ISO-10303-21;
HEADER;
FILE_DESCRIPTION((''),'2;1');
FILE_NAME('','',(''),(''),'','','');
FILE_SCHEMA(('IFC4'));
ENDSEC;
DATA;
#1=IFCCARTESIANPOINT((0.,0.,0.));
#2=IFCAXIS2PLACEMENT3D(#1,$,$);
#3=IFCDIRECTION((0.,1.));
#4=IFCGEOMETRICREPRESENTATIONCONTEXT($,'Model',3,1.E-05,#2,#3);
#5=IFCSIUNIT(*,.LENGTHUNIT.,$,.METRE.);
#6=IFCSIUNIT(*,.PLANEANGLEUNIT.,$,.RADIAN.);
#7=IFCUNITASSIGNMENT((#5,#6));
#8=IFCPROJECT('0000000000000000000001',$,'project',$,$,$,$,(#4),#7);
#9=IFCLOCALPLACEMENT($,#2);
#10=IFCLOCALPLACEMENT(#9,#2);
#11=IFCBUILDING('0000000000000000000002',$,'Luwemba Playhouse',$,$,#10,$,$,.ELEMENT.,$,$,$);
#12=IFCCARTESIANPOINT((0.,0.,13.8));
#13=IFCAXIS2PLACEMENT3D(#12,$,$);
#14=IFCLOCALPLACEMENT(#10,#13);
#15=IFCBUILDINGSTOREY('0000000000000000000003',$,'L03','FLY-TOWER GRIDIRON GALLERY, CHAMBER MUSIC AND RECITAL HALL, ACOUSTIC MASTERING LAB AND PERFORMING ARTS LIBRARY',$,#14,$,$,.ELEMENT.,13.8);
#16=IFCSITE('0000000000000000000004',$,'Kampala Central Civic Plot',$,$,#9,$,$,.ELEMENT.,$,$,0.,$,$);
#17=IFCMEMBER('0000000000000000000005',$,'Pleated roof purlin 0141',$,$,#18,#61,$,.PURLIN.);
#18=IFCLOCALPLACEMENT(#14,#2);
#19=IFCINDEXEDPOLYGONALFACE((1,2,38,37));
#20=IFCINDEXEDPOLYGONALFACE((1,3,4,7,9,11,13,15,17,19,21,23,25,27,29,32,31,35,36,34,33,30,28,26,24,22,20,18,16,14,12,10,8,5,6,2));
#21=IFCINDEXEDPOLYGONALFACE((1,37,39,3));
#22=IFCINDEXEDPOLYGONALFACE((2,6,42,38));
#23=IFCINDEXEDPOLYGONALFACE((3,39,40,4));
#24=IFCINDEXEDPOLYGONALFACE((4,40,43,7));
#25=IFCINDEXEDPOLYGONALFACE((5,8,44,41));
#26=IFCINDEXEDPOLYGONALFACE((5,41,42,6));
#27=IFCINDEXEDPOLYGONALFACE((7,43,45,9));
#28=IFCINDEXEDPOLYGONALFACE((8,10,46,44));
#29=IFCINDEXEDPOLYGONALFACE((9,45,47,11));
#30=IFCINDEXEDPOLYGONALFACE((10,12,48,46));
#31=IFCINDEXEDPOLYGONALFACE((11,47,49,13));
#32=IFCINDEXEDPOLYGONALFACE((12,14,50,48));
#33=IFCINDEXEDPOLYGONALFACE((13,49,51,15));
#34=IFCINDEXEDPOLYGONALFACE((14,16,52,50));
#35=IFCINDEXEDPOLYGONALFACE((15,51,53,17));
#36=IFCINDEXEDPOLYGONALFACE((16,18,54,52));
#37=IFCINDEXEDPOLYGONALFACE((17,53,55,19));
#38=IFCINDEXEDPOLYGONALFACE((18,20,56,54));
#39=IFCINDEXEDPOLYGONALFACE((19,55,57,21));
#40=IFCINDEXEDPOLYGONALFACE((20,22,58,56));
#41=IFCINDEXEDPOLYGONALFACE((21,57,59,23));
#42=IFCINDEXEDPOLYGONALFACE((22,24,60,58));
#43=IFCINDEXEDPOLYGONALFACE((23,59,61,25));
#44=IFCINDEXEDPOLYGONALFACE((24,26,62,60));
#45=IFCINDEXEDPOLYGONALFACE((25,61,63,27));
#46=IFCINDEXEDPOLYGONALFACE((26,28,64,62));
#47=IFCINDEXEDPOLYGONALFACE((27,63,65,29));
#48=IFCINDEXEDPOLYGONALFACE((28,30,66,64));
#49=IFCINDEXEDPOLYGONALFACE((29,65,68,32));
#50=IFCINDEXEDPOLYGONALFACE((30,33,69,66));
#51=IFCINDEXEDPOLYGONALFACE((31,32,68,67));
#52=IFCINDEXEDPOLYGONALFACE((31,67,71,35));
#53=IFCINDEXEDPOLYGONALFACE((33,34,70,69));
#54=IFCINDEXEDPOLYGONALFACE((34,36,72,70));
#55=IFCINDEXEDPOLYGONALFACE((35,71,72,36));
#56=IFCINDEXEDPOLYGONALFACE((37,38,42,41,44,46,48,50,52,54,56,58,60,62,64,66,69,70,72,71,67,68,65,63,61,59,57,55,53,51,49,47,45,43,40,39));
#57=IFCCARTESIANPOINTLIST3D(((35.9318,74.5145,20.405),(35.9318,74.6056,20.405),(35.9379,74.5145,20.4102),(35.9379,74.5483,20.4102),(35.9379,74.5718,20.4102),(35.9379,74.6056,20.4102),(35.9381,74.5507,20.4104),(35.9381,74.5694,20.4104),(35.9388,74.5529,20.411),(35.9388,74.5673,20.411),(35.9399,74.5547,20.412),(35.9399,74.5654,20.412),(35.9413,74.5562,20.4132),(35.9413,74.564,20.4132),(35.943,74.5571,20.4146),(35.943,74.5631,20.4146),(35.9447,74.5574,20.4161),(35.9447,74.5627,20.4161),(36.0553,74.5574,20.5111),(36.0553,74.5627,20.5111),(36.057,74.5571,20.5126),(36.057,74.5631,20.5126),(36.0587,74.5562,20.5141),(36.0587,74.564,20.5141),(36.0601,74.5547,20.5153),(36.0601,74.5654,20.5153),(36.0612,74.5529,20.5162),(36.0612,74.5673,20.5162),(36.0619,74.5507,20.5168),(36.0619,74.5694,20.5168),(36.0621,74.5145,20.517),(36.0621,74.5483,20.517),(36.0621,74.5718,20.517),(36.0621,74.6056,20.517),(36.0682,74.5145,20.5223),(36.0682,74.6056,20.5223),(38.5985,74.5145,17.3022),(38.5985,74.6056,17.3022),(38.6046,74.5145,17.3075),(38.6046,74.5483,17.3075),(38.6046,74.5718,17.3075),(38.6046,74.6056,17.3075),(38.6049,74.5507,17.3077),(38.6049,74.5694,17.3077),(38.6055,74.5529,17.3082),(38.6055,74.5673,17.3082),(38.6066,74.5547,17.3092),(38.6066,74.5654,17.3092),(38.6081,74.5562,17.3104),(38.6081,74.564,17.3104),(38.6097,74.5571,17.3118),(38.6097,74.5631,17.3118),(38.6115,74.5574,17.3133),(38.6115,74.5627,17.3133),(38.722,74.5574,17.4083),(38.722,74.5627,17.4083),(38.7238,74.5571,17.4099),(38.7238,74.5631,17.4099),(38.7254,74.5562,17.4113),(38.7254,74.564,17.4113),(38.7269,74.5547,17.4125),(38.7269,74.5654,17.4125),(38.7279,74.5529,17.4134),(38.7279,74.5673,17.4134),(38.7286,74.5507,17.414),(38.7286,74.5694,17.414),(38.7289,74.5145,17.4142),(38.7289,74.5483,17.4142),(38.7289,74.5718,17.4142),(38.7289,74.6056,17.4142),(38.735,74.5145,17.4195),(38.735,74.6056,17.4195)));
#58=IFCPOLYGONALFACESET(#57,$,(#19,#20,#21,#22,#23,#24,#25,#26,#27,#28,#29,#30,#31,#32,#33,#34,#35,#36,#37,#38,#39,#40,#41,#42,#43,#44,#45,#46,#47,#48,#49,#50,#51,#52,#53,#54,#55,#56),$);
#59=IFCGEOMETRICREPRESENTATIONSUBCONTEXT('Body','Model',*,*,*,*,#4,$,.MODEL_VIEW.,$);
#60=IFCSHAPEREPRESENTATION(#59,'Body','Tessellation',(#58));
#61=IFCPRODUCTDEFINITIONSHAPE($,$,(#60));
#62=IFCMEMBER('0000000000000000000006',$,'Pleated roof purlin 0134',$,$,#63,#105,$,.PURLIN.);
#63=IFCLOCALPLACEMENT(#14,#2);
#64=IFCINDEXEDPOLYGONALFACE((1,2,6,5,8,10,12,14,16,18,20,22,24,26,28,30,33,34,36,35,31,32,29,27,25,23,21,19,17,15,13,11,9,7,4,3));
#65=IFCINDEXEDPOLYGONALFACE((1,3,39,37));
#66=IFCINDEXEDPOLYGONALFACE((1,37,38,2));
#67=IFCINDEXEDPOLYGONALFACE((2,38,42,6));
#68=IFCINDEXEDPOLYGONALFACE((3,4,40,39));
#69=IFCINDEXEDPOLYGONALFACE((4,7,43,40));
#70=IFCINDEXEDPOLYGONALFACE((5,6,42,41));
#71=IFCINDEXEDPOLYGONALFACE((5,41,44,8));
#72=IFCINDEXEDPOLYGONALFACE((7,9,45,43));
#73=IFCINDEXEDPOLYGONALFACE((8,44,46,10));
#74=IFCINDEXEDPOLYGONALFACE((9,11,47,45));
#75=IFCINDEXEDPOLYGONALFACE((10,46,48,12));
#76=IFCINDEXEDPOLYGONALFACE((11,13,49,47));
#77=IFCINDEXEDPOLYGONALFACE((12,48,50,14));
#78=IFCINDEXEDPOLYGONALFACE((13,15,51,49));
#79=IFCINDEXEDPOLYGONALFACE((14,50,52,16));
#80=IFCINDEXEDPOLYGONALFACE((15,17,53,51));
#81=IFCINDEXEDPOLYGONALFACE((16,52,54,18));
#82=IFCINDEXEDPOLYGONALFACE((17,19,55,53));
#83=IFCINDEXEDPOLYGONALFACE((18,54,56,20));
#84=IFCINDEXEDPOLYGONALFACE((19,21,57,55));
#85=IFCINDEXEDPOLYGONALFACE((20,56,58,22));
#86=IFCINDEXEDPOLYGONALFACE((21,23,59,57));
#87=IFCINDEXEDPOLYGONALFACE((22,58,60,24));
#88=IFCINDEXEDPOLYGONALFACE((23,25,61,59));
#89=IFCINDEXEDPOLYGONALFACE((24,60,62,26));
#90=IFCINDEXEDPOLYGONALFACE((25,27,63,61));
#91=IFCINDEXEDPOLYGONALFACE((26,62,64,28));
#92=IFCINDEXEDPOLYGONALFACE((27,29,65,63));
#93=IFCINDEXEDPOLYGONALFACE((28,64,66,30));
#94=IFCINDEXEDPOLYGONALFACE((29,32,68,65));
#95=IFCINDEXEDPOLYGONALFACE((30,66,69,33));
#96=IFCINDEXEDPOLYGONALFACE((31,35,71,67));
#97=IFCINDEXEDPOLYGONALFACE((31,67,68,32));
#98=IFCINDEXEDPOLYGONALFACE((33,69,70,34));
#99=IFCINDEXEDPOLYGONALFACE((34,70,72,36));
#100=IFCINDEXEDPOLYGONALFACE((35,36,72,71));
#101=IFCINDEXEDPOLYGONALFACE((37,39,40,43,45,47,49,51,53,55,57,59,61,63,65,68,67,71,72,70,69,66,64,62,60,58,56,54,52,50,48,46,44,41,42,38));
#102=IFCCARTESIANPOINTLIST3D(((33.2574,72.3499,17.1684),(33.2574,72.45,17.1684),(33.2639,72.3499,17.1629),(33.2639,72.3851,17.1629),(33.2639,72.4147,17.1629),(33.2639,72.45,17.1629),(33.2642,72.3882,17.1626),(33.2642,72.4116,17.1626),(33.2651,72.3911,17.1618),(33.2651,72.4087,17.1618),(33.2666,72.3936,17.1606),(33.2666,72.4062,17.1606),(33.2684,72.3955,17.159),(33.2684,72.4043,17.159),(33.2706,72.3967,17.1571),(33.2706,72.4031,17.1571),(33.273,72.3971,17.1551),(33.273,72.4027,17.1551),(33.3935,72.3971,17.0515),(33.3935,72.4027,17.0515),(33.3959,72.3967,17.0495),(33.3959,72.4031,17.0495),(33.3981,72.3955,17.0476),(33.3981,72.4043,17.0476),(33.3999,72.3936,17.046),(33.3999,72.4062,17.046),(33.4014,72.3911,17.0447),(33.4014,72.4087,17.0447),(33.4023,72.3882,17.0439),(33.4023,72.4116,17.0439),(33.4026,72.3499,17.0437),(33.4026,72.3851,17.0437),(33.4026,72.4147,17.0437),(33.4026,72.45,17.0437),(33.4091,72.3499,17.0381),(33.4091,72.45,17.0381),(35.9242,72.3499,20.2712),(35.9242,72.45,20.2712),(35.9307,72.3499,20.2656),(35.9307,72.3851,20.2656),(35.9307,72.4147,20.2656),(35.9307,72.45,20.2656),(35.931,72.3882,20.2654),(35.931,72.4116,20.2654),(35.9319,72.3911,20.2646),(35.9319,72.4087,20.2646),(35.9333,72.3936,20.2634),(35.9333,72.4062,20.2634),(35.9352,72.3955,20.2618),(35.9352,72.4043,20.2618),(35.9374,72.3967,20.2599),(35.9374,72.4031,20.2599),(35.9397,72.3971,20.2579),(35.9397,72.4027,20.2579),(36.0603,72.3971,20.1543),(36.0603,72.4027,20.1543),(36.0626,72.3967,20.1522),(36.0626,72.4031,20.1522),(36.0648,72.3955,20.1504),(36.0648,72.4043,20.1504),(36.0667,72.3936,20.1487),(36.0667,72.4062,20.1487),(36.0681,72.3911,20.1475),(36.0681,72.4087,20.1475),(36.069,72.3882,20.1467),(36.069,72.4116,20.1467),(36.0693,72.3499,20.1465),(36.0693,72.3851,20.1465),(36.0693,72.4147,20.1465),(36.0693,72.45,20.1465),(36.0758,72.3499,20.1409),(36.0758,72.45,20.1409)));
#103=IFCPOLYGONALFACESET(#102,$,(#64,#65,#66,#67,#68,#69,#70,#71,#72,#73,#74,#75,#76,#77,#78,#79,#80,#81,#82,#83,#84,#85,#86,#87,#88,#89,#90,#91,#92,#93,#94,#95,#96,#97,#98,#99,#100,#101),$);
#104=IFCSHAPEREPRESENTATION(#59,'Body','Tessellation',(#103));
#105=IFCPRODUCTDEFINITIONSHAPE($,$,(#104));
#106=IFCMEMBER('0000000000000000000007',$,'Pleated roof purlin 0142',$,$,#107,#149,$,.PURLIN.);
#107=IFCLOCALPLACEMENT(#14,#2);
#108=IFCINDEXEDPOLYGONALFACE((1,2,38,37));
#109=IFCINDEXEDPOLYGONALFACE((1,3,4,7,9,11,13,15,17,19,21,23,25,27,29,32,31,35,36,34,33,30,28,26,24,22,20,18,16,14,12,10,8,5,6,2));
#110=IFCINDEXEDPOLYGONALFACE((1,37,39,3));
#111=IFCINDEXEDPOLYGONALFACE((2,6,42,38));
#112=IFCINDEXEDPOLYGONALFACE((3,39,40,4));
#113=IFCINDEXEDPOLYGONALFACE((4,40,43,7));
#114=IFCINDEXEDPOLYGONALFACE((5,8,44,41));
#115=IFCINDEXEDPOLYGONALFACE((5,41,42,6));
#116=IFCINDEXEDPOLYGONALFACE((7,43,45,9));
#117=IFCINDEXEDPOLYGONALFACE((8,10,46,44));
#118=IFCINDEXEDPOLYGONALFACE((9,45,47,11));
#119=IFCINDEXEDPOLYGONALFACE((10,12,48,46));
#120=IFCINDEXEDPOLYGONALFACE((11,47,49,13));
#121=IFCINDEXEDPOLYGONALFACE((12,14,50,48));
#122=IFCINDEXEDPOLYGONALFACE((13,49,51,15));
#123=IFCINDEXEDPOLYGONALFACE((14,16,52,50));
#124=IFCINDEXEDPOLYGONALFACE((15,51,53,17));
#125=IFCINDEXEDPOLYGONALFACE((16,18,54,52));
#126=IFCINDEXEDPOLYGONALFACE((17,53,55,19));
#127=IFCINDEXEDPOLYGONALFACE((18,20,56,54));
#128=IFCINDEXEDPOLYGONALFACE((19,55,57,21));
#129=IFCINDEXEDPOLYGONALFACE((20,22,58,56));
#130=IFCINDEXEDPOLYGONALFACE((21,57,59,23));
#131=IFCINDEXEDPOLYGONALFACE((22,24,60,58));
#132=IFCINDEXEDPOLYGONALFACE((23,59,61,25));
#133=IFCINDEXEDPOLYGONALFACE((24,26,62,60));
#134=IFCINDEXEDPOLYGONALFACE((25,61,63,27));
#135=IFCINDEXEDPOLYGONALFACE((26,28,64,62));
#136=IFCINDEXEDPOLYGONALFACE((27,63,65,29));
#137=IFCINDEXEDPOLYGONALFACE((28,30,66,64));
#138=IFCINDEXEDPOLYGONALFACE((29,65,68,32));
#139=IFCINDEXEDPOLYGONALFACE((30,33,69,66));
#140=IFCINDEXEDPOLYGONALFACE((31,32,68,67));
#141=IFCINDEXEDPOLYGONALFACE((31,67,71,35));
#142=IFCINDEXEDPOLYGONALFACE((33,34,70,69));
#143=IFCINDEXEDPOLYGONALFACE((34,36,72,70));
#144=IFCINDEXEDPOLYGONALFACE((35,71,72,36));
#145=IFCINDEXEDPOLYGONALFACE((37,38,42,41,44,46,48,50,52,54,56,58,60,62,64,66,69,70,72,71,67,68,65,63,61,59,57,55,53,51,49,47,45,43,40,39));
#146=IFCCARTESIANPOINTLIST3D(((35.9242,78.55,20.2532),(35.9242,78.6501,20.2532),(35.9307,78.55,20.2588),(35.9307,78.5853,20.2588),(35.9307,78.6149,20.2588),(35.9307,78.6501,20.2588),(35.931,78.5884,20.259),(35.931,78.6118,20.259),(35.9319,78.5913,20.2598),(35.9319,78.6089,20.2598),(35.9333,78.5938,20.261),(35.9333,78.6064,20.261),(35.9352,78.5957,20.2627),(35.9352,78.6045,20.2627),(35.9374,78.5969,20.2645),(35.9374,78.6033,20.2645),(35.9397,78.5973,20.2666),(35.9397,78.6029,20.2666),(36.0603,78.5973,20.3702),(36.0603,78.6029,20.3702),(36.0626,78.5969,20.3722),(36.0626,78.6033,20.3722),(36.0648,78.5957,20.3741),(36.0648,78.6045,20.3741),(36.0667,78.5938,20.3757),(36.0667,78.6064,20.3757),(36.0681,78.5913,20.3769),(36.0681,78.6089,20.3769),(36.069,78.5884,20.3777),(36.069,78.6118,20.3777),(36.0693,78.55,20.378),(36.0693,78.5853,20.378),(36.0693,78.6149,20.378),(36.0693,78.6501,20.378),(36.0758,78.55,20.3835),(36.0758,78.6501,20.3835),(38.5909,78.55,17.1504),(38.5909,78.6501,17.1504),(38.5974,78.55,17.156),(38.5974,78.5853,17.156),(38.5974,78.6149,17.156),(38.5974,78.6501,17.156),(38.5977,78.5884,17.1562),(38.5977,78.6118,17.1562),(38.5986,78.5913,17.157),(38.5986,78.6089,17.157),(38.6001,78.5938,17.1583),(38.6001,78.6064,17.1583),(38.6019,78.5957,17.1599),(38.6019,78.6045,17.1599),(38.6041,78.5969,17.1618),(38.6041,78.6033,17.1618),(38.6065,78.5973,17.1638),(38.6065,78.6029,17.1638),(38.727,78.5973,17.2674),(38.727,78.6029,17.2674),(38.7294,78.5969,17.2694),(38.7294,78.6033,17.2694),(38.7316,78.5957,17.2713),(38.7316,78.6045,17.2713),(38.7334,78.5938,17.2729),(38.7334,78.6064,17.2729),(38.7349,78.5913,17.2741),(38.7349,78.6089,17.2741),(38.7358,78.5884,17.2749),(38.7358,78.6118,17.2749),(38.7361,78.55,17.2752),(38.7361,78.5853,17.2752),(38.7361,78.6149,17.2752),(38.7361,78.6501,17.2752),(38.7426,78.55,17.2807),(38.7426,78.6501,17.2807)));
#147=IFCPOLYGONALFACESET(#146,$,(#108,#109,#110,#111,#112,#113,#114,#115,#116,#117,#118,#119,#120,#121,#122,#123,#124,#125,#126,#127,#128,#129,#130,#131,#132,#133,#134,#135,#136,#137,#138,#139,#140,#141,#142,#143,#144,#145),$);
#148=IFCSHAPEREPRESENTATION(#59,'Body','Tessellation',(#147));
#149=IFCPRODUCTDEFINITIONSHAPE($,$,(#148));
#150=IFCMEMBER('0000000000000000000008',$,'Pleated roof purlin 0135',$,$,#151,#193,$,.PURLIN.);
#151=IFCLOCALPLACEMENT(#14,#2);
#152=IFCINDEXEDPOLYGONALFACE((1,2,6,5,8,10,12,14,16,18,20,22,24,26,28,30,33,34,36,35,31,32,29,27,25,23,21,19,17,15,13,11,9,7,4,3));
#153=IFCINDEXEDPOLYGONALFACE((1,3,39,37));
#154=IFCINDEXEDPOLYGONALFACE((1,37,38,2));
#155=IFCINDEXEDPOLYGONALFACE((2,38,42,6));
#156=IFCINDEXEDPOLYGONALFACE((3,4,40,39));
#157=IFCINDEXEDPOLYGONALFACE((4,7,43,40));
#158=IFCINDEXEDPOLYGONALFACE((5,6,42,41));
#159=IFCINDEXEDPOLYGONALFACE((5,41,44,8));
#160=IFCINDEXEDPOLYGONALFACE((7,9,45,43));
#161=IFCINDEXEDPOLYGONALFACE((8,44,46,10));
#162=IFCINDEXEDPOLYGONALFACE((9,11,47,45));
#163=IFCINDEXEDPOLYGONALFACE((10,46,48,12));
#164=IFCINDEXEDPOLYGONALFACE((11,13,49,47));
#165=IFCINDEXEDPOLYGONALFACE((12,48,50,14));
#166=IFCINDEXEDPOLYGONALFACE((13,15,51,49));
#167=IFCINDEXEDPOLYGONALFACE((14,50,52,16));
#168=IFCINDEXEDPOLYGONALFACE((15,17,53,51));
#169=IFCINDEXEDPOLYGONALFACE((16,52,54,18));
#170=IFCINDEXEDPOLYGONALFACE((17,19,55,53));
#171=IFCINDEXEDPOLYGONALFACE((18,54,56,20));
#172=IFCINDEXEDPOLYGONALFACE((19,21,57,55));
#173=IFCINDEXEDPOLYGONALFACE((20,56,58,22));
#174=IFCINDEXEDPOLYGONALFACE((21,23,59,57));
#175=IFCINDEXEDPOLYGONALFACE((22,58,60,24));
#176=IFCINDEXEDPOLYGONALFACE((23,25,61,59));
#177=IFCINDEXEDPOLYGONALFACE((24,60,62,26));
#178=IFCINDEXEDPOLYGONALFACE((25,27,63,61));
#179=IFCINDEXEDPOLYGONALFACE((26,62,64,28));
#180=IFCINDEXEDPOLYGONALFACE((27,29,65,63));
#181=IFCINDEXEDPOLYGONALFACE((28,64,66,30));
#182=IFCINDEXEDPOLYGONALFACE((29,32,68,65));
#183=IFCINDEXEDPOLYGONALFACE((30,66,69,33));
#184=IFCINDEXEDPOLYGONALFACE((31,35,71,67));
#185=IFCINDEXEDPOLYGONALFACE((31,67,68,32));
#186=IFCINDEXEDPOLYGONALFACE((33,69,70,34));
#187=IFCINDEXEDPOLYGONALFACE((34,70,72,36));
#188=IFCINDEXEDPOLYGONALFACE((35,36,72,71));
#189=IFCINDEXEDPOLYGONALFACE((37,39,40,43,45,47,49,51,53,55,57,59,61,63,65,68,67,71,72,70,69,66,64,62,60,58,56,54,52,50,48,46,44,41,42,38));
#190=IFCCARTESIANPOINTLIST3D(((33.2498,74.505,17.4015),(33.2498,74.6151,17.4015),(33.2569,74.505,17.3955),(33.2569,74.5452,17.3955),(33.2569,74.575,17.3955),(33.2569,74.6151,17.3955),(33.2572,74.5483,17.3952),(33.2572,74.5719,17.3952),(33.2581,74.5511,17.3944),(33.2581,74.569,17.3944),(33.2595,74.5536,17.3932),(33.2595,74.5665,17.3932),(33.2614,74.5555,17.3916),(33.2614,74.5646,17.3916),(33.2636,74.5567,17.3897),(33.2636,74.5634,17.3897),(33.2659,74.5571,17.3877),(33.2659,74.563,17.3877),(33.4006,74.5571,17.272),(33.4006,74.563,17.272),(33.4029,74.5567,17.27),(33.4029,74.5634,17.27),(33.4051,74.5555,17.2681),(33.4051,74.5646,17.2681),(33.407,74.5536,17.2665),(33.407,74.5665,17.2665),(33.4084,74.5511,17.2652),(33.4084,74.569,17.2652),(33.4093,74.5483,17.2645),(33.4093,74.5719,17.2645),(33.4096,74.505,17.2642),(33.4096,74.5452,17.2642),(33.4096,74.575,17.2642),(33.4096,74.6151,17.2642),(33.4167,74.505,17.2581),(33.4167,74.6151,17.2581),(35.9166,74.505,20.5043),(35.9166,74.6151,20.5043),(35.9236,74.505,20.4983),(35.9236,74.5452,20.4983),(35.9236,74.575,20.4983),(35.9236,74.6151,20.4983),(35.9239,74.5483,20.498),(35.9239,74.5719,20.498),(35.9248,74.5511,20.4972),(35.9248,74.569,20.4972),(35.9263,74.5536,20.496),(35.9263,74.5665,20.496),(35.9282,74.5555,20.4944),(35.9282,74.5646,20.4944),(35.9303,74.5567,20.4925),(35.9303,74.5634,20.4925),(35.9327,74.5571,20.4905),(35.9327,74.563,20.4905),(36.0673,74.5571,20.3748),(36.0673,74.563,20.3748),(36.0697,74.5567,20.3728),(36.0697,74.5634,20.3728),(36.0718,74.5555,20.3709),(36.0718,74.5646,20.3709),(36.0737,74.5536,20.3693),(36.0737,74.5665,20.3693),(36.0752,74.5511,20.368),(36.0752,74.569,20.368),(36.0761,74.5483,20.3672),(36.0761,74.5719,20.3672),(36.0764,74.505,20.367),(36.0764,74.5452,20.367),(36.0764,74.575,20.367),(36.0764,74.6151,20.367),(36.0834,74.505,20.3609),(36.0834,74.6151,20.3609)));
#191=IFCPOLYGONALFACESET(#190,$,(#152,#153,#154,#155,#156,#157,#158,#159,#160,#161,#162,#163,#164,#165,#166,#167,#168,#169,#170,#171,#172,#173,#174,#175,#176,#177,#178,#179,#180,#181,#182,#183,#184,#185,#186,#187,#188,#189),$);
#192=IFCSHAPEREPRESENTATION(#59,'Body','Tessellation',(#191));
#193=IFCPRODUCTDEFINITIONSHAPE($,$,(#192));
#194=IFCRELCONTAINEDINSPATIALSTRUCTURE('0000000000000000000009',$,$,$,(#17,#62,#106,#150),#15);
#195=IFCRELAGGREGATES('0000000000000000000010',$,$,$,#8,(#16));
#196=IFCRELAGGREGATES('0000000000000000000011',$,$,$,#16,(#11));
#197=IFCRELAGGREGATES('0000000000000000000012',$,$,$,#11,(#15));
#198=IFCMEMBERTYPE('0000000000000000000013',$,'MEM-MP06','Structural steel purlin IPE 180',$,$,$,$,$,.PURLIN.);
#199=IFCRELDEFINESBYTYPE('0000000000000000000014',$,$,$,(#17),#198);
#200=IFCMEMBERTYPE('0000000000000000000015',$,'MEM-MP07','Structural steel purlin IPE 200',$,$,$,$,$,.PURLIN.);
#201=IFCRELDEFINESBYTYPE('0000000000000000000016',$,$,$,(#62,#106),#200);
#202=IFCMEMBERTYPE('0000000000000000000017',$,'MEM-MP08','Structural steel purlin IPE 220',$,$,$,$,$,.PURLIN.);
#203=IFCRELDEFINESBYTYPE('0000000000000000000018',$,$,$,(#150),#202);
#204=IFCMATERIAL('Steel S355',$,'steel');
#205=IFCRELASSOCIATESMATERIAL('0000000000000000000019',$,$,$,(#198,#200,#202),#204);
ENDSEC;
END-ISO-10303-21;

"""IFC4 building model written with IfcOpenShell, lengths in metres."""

from ifc_helpers import new_model, si_unit, direction, frame, origin, origin_2d, place, context, subcontext, project, spatial, i_section, extrude, material, material_profile, profile_set, type_object, element, save


model = new_model("IFC4")

# Units and contexts
model_context = context("Model", 3, precision=1e-05, world=origin(), true_north=direction((0.0, 1.0)))
body_context = subcontext(model_context, "Body", "Model", "MODEL_VIEW")
ifc_project = project(units=[si_unit("LENGTHUNIT", "METRE"), si_unit("PLANEANGLEUNIT", "RADIAN")], contexts=[model_context])

# Site, building, storey
site_placement = place(None, origin())
site = spatial("IfcSite", under=ifc_project, at=site_placement, Name="Kampala Central Civic Plot", CompositionType="ELEMENT", RefElevation=0.0)
building_placement = place(site_placement, origin())
building = spatial("IfcBuilding", under=site, at=building_placement, Name="Luwemba Playhouse", CompositionType="ELEMENT")
storey_placement = place(building_placement, frame((0.0, 0.0, 13.8)))
storey = spatial("IfcBuildingStorey", under=building, at=storey_placement, Name="L03", Description="FLY-TOWER GRIDIRON GALLERY, CHAMBER MUSIC AND RECITAL HALL, ACOUSTIC MASTERING LAB AND PERFORMING ARTS LIBRARY", CompositionType="ELEMENT", Elevation=13.8)

# Shared definitions
ifc_material_1 = material(Name="Steel S355", Category="steel")

# Members
ifc_material_profile_1 = material_profile(ifc_material_1, i_section(OverallWidth=0.0911, OverallDepth=0.1799, WebThickness=0.0054, FlangeThickness=0.0081, FilletRadius=0.009, at=origin_2d()))
ifc_profile_set_1 = profile_set([ifc_material_profile_1], Name="Steel S355")
member_type_1 = type_object("IfcMemberType", Name="MEM-MP06", Description="Structural steel purlin IPE 180", PredefinedType="PURLIN", material=ifc_profile_set_1)
member_1_placement = place(storey_placement, frame((36.0, 74.5601, 20.4636), z_axis=(0.651808, 0.0, -0.758384), x_axis=(0.0, 1.0, 0.0)))
element("IfcMember", 1, at=member_1_placement, inside=storey, type_object=member_type_1, Name="Pleated roof purlin 0141", PredefinedType="PURLIN", context=body_context, shape_type="SweptSolid", body=[
    extrude(i_section(OverallWidth=0.0911, OverallDepth=0.1799, WebThickness=0.0054, FlangeThickness=0.0081, FilletRadius=0.009, at=origin_2d()), origin(), (0.0, 0.0, 1.0), 4.0913),
])
ifc_material_profile_2 = material_profile(ifc_material_1, i_section(OverallWidth=0.1001, OverallDepth=0.2, WebThickness=0.0056, FlangeThickness=0.0085, FilletRadius=0.012, at=origin_2d()))
ifc_profile_set_2 = profile_set([ifc_material_profile_2], Name="Steel S355")
member_type_2 = type_object("IfcMemberType", Name="MEM-MP07", Description="Structural steel purlin IPE 200", PredefinedType="PURLIN", material=ifc_profile_set_2)
for number, where, z_axis, x_axis, name in (
    (2, (33.3333, 72.3999, 17.1033), (0.651808, 0.0, 0.758384), (0.0, 1.0, 0.0), "Pleated roof purlin 0134"),
    (3, (36.0, 78.6001, 20.3184), (0.651808, 0.0, -0.758384), (0.0, 1.0, 0.0), "Pleated roof purlin 0142"),
):
    element("IfcMember", number, at=place(storey_placement, frame(where, z_axis=z_axis, x_axis=x_axis)), inside=storey, type_object=member_type_2, Name=name, PredefinedType="PURLIN", context=body_context, shape_type="SweptSolid", body=[
        extrude(i_section(OverallWidth=0.1001, OverallDepth=0.2, WebThickness=0.0056, FlangeThickness=0.0085, FilletRadius=0.012, at=origin_2d()), origin(), (0.0, 0.0, 1.0), 4.0913),
    ])
ifc_material_profile_3 = material_profile(ifc_material_1, i_section(OverallWidth=0.1101, OverallDepth=0.22, WebThickness=0.0059, FlangeThickness=0.0093, FilletRadius=0.012, at=origin_2d()))
ifc_profile_set_3 = profile_set([ifc_material_profile_3], Name="Steel S355")
member_type_3 = type_object("IfcMemberType", Name="MEM-MP08", Description="Structural steel purlin IPE 220", PredefinedType="PURLIN", material=ifc_profile_set_3)
member_2_placement = place(storey_placement, frame((33.3333, 74.5601, 17.3298), z_axis=(0.651808, 0.0, 0.758384), x_axis=(0.0, 1.0, 0.0)))
element("IfcMember", 4, at=member_2_placement, inside=storey, type_object=member_type_3, Name="Pleated roof purlin 0135", PredefinedType="PURLIN", context=body_context, shape_type="SweptSolid", body=[
    extrude(i_section(OverallWidth=0.1101, OverallDepth=0.22, WebThickness=0.0059, FlangeThickness=0.0093, FilletRadius=0.012, at=origin_2d()), origin(), (0.0, 0.0, 1.0), 4.0913),
])

save(model, "model.ifc")
